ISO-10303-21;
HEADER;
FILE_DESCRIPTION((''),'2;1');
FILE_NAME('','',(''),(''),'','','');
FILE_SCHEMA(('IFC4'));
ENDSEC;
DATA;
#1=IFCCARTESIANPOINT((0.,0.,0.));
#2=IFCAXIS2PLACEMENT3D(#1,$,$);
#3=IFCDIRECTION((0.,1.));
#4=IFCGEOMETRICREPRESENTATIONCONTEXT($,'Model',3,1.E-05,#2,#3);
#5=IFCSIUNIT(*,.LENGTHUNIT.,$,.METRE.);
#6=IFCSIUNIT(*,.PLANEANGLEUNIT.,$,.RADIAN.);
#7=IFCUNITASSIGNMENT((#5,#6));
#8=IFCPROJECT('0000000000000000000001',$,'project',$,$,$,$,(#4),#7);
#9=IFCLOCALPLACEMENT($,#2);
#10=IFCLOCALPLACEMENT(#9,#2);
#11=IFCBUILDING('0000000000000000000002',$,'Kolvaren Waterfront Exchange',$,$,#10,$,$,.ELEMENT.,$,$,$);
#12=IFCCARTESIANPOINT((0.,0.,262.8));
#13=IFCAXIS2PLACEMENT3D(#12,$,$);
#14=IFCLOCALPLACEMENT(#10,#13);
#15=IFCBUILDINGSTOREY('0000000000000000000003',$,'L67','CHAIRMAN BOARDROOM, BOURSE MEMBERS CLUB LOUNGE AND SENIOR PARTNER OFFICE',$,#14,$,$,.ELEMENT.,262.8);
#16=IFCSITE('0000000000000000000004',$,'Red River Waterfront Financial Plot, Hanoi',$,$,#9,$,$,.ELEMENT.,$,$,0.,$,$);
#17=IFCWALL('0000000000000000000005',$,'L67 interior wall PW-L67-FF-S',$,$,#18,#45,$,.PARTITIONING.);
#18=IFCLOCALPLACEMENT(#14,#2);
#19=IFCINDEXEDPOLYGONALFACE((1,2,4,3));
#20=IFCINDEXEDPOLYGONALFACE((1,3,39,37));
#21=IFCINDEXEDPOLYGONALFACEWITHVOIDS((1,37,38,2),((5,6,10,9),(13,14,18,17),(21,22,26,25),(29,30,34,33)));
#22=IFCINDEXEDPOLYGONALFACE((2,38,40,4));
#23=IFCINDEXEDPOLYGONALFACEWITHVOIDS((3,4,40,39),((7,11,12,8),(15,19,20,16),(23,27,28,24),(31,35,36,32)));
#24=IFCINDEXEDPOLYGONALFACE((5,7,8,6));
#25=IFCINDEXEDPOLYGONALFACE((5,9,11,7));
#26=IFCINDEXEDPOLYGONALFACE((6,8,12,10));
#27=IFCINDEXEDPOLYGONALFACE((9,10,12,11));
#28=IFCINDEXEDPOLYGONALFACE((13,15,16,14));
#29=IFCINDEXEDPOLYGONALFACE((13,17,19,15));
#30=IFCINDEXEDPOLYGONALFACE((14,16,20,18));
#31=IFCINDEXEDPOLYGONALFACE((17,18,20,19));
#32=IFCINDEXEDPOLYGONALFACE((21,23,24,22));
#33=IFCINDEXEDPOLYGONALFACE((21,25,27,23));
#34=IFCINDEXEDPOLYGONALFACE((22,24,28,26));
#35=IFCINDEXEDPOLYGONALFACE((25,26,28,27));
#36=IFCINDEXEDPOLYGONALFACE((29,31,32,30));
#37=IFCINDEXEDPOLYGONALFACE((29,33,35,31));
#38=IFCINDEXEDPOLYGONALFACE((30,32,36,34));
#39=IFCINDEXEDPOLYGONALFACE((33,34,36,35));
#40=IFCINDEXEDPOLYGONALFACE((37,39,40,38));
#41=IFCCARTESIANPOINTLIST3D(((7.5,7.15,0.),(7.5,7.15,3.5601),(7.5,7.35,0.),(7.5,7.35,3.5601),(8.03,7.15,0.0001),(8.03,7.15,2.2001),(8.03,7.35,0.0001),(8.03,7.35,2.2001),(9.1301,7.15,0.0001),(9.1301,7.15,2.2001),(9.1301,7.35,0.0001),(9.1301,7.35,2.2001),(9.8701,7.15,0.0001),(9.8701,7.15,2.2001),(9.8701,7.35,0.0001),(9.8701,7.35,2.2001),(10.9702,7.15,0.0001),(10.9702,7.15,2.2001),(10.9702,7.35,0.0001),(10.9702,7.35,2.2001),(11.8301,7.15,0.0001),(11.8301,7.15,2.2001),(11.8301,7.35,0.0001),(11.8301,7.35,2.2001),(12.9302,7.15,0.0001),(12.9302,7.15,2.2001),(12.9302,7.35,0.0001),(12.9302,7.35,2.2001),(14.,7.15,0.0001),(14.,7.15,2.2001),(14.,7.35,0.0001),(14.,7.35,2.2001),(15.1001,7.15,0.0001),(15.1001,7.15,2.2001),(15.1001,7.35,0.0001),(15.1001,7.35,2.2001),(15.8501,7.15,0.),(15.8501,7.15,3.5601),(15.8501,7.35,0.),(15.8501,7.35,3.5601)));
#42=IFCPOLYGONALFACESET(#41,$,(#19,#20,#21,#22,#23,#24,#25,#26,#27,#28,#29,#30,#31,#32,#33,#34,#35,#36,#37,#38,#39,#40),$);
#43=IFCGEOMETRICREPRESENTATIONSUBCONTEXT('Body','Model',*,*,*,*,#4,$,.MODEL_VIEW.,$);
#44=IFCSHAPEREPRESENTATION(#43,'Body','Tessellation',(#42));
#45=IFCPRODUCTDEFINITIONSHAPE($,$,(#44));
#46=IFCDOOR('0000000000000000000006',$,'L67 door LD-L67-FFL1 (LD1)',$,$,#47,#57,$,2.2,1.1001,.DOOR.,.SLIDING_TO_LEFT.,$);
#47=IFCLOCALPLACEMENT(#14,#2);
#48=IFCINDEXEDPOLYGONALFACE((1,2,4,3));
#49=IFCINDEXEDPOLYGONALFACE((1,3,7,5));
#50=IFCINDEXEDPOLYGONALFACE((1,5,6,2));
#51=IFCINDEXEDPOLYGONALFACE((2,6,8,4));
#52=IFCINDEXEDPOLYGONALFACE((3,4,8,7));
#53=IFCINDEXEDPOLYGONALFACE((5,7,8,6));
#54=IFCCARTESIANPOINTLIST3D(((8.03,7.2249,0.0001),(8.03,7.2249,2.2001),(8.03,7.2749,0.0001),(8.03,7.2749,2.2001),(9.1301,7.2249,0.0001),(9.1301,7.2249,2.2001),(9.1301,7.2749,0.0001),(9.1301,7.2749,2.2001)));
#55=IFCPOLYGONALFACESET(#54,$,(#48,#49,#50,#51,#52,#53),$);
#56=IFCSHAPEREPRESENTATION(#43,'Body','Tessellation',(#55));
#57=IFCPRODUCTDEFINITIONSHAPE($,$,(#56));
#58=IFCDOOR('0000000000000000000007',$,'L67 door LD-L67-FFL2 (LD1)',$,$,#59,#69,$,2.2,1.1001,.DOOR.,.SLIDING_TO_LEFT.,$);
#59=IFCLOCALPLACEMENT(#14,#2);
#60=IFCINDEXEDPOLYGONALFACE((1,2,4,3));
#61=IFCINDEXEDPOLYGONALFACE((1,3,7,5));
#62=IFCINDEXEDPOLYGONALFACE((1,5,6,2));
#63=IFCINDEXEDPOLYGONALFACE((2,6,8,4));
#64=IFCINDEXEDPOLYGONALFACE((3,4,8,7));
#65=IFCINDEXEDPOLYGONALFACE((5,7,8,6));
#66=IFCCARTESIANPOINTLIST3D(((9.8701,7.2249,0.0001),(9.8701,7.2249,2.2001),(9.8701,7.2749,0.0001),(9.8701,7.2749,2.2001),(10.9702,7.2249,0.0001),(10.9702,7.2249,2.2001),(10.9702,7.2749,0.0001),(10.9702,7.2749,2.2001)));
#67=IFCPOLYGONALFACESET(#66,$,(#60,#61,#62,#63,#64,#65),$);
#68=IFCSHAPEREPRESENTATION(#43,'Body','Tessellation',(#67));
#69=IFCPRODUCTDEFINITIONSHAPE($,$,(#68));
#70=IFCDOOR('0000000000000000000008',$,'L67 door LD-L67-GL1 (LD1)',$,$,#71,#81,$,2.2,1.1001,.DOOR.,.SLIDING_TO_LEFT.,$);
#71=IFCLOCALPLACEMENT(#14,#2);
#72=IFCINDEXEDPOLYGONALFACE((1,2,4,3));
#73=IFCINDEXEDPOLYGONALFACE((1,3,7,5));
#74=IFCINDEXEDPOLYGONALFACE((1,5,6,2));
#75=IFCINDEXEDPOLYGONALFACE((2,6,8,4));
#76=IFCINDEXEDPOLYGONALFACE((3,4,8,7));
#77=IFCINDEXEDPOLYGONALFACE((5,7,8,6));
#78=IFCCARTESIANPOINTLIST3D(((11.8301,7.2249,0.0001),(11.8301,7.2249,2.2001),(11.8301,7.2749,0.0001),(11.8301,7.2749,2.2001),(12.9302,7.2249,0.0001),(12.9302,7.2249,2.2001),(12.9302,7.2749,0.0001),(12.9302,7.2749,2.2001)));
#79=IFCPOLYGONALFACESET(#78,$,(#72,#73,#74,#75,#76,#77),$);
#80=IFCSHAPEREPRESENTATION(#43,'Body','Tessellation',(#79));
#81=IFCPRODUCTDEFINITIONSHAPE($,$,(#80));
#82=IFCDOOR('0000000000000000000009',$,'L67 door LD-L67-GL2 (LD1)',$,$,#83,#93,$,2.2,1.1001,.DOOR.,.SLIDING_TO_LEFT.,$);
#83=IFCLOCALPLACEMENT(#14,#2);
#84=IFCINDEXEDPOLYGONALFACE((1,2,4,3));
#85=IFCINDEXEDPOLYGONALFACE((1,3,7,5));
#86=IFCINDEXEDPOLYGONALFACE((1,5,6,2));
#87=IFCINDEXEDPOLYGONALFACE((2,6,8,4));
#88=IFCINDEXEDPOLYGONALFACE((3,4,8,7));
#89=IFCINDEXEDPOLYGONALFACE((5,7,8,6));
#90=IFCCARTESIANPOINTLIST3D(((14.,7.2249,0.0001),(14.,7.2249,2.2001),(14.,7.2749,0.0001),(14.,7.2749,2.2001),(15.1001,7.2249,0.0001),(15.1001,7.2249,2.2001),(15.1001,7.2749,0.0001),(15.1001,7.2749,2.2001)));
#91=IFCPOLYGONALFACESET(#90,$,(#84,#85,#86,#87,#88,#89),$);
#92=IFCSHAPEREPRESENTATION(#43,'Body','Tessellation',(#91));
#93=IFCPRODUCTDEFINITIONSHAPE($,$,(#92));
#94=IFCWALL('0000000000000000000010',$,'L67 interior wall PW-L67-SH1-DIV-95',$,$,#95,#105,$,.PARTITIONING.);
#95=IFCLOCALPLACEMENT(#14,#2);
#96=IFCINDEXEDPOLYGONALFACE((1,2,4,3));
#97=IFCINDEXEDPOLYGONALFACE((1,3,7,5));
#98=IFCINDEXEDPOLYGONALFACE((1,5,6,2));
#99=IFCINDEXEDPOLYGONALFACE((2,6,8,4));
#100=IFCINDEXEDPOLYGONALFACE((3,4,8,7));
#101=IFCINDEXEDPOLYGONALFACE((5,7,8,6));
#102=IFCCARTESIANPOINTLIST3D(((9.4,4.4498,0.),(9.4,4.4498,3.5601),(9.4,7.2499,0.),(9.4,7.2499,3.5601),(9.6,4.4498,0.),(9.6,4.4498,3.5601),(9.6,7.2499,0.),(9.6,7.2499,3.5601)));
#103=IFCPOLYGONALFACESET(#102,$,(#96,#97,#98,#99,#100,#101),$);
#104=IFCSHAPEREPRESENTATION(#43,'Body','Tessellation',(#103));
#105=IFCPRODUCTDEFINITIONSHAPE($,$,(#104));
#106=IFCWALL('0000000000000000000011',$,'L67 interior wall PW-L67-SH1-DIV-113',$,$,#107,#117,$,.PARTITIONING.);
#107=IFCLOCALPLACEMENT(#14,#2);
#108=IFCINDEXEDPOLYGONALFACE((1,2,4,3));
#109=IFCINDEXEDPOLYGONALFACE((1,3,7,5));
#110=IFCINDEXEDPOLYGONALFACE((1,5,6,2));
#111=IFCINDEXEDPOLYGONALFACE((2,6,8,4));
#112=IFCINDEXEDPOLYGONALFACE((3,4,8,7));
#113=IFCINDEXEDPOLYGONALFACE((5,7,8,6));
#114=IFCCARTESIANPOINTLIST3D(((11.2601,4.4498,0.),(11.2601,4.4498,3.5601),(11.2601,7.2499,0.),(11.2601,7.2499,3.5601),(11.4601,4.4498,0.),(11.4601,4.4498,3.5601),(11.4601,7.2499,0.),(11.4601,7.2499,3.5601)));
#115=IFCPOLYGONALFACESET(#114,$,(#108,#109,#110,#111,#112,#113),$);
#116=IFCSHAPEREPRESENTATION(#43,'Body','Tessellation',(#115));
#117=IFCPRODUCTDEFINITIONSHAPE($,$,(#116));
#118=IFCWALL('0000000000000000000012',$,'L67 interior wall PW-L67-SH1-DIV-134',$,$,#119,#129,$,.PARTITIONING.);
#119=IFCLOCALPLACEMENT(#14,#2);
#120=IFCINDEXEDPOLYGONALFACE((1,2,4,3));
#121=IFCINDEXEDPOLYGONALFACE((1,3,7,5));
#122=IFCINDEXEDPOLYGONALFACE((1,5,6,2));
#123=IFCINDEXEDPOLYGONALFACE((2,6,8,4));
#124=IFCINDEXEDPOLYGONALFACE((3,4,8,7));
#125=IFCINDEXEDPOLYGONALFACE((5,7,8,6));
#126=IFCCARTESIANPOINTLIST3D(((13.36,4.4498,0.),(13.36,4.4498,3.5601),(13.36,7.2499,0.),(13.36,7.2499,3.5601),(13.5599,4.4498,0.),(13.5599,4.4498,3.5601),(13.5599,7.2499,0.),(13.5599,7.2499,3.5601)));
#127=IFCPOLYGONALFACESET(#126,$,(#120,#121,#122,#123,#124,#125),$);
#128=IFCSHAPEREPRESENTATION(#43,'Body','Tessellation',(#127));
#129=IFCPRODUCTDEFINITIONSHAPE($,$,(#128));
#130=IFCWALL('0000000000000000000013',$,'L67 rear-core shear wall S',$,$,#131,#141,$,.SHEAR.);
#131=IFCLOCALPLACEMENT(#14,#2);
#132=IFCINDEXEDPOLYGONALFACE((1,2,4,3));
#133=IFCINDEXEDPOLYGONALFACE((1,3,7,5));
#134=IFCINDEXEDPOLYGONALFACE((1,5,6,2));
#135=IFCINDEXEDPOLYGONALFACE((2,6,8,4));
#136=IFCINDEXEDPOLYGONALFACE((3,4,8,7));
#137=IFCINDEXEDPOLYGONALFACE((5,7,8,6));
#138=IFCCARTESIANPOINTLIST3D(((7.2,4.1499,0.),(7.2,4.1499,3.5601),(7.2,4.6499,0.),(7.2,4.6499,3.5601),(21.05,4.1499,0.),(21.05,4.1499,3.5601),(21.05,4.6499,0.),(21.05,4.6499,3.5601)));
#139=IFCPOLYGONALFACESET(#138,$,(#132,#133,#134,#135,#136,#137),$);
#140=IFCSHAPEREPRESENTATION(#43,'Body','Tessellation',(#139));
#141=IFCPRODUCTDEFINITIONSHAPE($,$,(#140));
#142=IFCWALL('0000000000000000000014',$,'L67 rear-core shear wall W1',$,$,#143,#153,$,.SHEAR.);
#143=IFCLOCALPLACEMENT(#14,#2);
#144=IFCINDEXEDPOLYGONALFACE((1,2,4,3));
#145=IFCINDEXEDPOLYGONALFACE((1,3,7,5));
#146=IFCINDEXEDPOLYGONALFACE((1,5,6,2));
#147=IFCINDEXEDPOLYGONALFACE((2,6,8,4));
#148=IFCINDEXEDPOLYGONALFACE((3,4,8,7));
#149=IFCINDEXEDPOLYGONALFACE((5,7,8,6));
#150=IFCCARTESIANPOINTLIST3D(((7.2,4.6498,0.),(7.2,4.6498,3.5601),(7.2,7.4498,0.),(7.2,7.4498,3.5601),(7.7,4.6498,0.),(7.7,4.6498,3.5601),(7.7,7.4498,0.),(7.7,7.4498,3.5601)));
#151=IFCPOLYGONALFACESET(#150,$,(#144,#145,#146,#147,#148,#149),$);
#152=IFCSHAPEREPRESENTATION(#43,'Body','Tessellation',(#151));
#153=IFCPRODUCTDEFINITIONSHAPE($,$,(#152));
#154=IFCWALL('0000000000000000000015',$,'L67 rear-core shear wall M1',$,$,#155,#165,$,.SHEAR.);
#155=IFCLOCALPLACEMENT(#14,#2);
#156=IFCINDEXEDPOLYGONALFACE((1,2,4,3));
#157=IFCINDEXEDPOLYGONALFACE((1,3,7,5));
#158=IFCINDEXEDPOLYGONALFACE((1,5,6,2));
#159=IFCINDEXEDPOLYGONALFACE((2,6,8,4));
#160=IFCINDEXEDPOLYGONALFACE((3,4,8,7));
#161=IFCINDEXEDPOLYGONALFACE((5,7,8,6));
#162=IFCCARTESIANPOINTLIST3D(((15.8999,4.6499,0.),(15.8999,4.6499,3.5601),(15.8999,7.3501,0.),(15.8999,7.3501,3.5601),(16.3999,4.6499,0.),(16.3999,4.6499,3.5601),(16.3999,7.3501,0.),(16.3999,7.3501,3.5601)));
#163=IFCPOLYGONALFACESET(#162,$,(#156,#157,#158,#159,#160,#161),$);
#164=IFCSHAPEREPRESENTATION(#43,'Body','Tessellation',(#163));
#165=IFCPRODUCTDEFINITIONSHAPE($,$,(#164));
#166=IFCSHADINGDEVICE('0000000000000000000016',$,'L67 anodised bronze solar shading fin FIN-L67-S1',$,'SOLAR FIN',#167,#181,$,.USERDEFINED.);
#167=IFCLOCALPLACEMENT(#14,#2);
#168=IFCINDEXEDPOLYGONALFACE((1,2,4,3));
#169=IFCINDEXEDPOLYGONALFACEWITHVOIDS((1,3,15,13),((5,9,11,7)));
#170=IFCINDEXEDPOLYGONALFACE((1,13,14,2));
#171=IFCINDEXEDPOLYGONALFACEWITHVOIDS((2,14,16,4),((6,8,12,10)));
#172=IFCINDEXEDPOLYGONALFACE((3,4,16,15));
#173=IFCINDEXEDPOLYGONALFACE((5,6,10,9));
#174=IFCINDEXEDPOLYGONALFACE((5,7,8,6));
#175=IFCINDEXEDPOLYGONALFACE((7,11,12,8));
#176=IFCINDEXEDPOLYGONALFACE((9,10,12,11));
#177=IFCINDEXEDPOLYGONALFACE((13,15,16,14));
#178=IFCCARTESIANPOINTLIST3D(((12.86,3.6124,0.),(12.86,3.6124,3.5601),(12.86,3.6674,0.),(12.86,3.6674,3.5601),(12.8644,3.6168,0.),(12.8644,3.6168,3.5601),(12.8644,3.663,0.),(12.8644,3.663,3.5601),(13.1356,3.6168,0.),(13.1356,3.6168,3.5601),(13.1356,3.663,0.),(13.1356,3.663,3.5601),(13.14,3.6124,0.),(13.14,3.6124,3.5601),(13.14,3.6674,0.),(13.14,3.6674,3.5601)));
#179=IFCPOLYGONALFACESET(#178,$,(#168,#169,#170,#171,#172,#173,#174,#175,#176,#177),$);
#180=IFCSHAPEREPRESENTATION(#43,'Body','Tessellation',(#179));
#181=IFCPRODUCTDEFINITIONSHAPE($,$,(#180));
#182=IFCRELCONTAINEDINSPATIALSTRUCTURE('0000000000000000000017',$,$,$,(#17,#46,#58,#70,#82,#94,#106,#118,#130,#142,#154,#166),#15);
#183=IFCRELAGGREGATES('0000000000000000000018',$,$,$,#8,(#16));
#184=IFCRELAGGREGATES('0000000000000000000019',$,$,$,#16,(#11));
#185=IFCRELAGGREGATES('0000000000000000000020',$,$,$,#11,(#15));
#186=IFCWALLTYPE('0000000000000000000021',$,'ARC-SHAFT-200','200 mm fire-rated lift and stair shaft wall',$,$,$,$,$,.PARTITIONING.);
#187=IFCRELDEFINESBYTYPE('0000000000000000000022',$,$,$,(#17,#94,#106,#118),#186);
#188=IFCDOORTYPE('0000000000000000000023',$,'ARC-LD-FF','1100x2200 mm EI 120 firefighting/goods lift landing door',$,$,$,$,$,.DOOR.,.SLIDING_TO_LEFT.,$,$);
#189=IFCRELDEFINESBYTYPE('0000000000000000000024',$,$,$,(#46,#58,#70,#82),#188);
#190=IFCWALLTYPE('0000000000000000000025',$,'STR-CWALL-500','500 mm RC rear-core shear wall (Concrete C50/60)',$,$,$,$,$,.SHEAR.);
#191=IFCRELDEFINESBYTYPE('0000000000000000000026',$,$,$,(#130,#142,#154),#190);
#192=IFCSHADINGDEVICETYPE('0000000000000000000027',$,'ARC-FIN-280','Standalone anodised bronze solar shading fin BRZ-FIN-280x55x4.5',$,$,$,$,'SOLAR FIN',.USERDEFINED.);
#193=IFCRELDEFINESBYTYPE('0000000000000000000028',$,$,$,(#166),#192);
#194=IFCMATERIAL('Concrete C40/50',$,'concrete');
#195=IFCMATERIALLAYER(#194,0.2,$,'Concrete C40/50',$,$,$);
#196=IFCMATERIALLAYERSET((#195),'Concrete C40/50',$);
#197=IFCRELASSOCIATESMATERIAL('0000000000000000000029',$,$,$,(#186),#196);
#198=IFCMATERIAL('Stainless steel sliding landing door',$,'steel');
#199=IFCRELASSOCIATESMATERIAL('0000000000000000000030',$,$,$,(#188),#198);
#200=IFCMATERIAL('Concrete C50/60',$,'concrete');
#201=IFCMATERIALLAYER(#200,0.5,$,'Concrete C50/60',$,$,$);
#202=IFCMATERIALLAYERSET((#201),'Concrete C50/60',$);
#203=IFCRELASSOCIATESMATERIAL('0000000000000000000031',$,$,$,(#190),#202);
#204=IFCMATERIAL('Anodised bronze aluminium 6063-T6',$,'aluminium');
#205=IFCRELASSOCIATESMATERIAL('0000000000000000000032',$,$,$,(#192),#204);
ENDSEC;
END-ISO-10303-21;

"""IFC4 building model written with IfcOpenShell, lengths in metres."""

from ifc_helpers import new_model, si_unit, direction, frame, frame_2d, origin, origin_2d, place, context, subcontext, project, spatial, rectangle, hollow_rectangle, extrude, material, layer, layer_set, material_profile, profile_set, type_object, element, fill, save


model = new_model("IFC4")

# Units and contexts
model_context = context("Model", 3, precision=1e-05, world=origin(), true_north=direction((0.0, 1.0)))
body_context = subcontext(model_context, "Body", "Model", "MODEL_VIEW")
ifc_project = project(units=[si_unit("LENGTHUNIT", "METRE"), si_unit("PLANEANGLEUNIT", "RADIAN")], contexts=[model_context])

# Site, building, storey
site_placement = place(None, origin())
site = spatial("IfcSite", under=ifc_project, at=site_placement, Name="Red River Waterfront Financial Plot, Hanoi", CompositionType="ELEMENT", RefElevation=0.0)
building_placement = place(site_placement, origin())
building = spatial("IfcBuilding", under=site, at=building_placement, Name="Kolvaren Waterfront Exchange", CompositionType="ELEMENT")
storey_placement = place(building_placement, frame((0.0, 0.0, 262.8)))
storey = spatial("IfcBuildingStorey", under=building, at=storey_placement, Name="L67", Description="CHAIRMAN BOARDROOM, BOURSE MEMBERS CLUB LOUNGE AND SENIOR PARTNER OFFICE", CompositionType="ELEMENT", Elevation=262.8)

# Shared definitions
ifc_material_1 = material(Name="Concrete C50/60", Category="concrete")

# Shared definitions
ifc_material_2 = material(Name="Anodised bronze aluminium 6063-T6", Category="aluminium")

# Wall, openings, doors
ifc_material_3 = material(Name="Concrete C40/50", Category="concrete")
ifc_layer_1 = layer(ifc_material_3, 0.2, Name="Concrete C40/50")
ifc_layer_set_1 = layer_set([ifc_layer_1], Name="Concrete C40/50")
wall_type_1 = type_object("IfcWallType", Name="ARC-SHAFT-200", Description="200 mm fire-rated lift and stair shaft wall", PredefinedType="PARTITIONING", material=ifc_layer_set_1)
wall_1_placement = place(storey_placement, frame((7.5, 7.25, 0.0), z_axis=(0.0, 0.0, 1.0), x_axis=(1.0, 0.0, 0.0)))
wall_1 = element("IfcWall", 1, at=wall_1_placement, inside=storey, type_object=wall_type_1, Name="L67 interior wall PW-L67-FF-S", PredefinedType="PARTITIONING", context=body_context, shape_type="SweptSolid", body=[
    extrude(rectangle(XDim=8.3501, YDim=0.2, at=frame_2d((4.175, 0.0))), origin(), (0.0, 0.0, 1.0), 3.5601),
])
opening_1_placement = place(wall_1_placement, frame((0.53, 0.0, 0.0)))
opening_1 = element("IfcOpeningElement", 2, at=opening_1_placement, cuts=wall_1, PredefinedType="OPENING", context=body_context, shape_type="SweptSolid", body=[
    extrude(rectangle(XDim=1.1001, YDim=2.2, at=frame_2d((0.55, 1.1001))), frame((0.0, 0.1099, 0.0), z_axis=(0.0, -1.0, 0.0), x_axis=(1.0, 0.0, 0.0)), (0.0, 0.0, 1.0), 0.22),
])
opening_2_placement = place(wall_1_placement, frame((2.3701, 0.0, 0.0)))
opening_2 = element("IfcOpeningElement", 3, at=opening_2_placement, cuts=wall_1, PredefinedType="OPENING", context=body_context, shape_type="SweptSolid", body=[
    extrude(rectangle(XDim=1.1001, YDim=2.2, at=frame_2d((0.55, 1.1001))), frame((0.0, 0.1099, 0.0), z_axis=(0.0, -1.0, 0.0), x_axis=(1.0, 0.0, 0.0)), (0.0, 0.0, 1.0), 0.22),
])
opening_3_placement = place(wall_1_placement, frame((4.3301, 0.0, 0.0)))
opening_3 = element("IfcOpeningElement", 4, at=opening_3_placement, cuts=wall_1, PredefinedType="OPENING", context=body_context, shape_type="SweptSolid", body=[
    extrude(rectangle(XDim=1.1001, YDim=2.2, at=frame_2d((0.55, 1.1001))), frame((0.0, 0.1099, 0.0), z_axis=(0.0, -1.0, 0.0), x_axis=(1.0, 0.0, 0.0)), (0.0, 0.0, 1.0), 0.22),
])
opening_4_placement = place(wall_1_placement, frame((6.5, 0.0, 0.0)))
opening_4 = element("IfcOpeningElement", 5, at=opening_4_placement, cuts=wall_1, PredefinedType="OPENING", context=body_context, shape_type="SweptSolid", body=[
    extrude(rectangle(XDim=1.1001, YDim=2.2, at=frame_2d((0.55, 1.1001))), frame((0.0, 0.1099, 0.0), z_axis=(0.0, -1.0, 0.0), x_axis=(1.0, 0.0, 0.0)), (0.0, 0.0, 1.0), 0.22),
])
ifc_material_4 = material(Name="Stainless steel sliding landing door", Category="steel")
door_type = type_object("IfcDoorType", Name="ARC-LD-FF", Description="1100x2200 mm EI 120 firefighting/goods lift landing door", OperationType="SLIDING_TO_LEFT", PredefinedType="DOOR", material=ifc_material_4)
door_1_placement = place(opening_1_placement, origin())
door_1 = element("IfcDoor", 6, at=door_1_placement, inside=storey, type_object=door_type, Name="L67 door LD-L67-FFL1 (LD1)", OperationType="SLIDING_TO_LEFT", OverallHeight=2.2, OverallWidth=1.1001, PredefinedType="DOOR", context=body_context, shape_type="SweptSolid", body=[
    extrude(rectangle(XDim=1.1001, YDim=2.2, at=frame_2d((0.55, 1.1001))), frame((0.0, 0.0249, 0.0), z_axis=(0.0, -1.0, 0.0), x_axis=(1.0, 0.0, 0.0)), (0.0, 0.0, 1.0), 0.05),
])
fill(opening_1, door_1)
door_2_placement = place(opening_2_placement, origin())
door_2 = element("IfcDoor", 7, at=door_2_placement, inside=storey, type_object=door_type, Name="L67 door LD-L67-FFL2 (LD1)", OperationType="SLIDING_TO_LEFT", OverallHeight=2.2, OverallWidth=1.1001, PredefinedType="DOOR", context=body_context, shape_type="SweptSolid", body=[
    extrude(rectangle(XDim=1.1001, YDim=2.2, at=frame_2d((0.55, 1.1001))), frame((0.0, 0.0249, 0.0), z_axis=(0.0, -1.0, 0.0), x_axis=(1.0, 0.0, 0.0)), (0.0, 0.0, 1.0), 0.05),
])
fill(opening_2, door_2)
door_3_placement = place(opening_3_placement, origin())
door_3 = element("IfcDoor", 8, at=door_3_placement, inside=storey, type_object=door_type, Name="L67 door LD-L67-GL1 (LD1)", OperationType="SLIDING_TO_LEFT", OverallHeight=2.2, OverallWidth=1.1001, PredefinedType="DOOR", context=body_context, shape_type="SweptSolid", body=[
    extrude(rectangle(XDim=1.1001, YDim=2.2, at=frame_2d((0.55, 1.1001))), frame((0.0, 0.0249, 0.0), z_axis=(0.0, -1.0, 0.0), x_axis=(1.0, 0.0, 0.0)), (0.0, 0.0, 1.0), 0.05),
])
fill(opening_3, door_3)
door_4_placement = place(opening_4_placement, origin())
door_4 = element("IfcDoor", 9, at=door_4_placement, inside=storey, type_object=door_type, Name="L67 door LD-L67-GL2 (LD1)", OperationType="SLIDING_TO_LEFT", OverallHeight=2.2, OverallWidth=1.1001, PredefinedType="DOOR", context=body_context, shape_type="SweptSolid", body=[
    extrude(rectangle(XDim=1.1001, YDim=2.2, at=frame_2d((0.55, 1.1001))), frame((0.0, 0.0249, 0.0), z_axis=(0.0, -1.0, 0.0), x_axis=(1.0, 0.0, 0.0)), (0.0, 0.0, 1.0), 0.05),
])
fill(opening_4, door_4)

# Walls
for number, where, z_axis, x_axis, name in (
    (10, (9.5, 4.45, 0.0), (0.0, 0.0, 1.0), (0.0, 1.0, 0.0), "L67 interior wall PW-L67-SH1-DIV-95"),
    (11, (11.3601, 4.45, 0.0), (0.0, 0.0, 1.0), (0.0, 1.0, 0.0), "L67 interior wall PW-L67-SH1-DIV-113"),
    (12, (13.46, 4.45, 0.0), (0.0, 0.0, 1.0), (0.0, 1.0, 0.0), "L67 interior wall PW-L67-SH1-DIV-134"),
):
    element("IfcWall", number, at=place(storey_placement, frame(where, z_axis=z_axis, x_axis=x_axis)), inside=storey, type_object=wall_type_1, Name=name, PredefinedType="PARTITIONING", context=body_context, shape_type="SweptSolid", body=[
        extrude(rectangle(XDim=2.8, YDim=0.2, at=frame_2d((1.3999, 0.0))), origin(), (0.0, 0.0, 1.0), 3.5601),
    ])
ifc_layer_2 = layer(ifc_material_1, 0.5, Name="Concrete C50/60")
ifc_layer_set_2 = layer_set([ifc_layer_2], Name="Concrete C50/60")
wall_type_2 = type_object("IfcWallType", Name="STR-CWALL-500", Description="500 mm RC rear-core shear wall (Concrete C50/60)", PredefinedType="SHEAR", material=ifc_layer_set_2)
wall_2_placement = place(storey_placement, frame((7.2, 4.3999, 0.0), z_axis=(0.0, 0.0, 1.0), x_axis=(1.0, 0.0, 0.0)))
element("IfcWall", 13, at=wall_2_placement, inside=storey, type_object=wall_type_2, Name="L67 rear-core shear wall S", PredefinedType="SHEAR", context=body_context, shape_type="SweptSolid", body=[
    extrude(rectangle(XDim=13.8501, YDim=0.5, at=frame_2d((6.925, 0.0))), origin(), (0.0, 0.0, 1.0), 3.5601),
])
wall_3_placement = place(storey_placement, frame((7.45, 4.6499, 0.0), z_axis=(0.0, 0.0, 1.0), x_axis=(0.0, 1.0, 0.0)))
element("IfcWall", 14, at=wall_3_placement, inside=storey, type_object=wall_type_2, Name="L67 rear-core shear wall W1", PredefinedType="SHEAR", context=body_context, shape_type="SweptSolid", body=[
    extrude(rectangle(XDim=2.8, YDim=0.5, at=frame_2d((1.3999, 0.0))), origin(), (0.0, 0.0, 1.0), 3.5601),
])
wall_4_placement = place(storey_placement, frame((16.1499, 4.6499, 0.0), z_axis=(0.0, 0.0, 1.0), x_axis=(0.0, 1.0, 0.0)))
element("IfcWall", 15, at=wall_4_placement, inside=storey, type_object=wall_type_2, Name="L67 rear-core shear wall M1", PredefinedType="SHEAR", context=body_context, shape_type="SweptSolid", body=[
    extrude(rectangle(XDim=2.7002, YDim=0.5, at=frame_2d((1.3501, 0.0))), origin(), (0.0, 0.0, 1.0), 3.5601),
])

# Shading device
ifc_material_profile_1 = material_profile(ifc_material_2, hollow_rectangle(XDim=0.0549, YDim=0.28, WallThickness=0.0044, at=origin_2d()), Name="BRZ-FIN-280x55x4.5")
ifc_profile_set_1 = profile_set([ifc_material_profile_1], Name="Anodised bronze aluminium 6063-T6")
shading_device_type = type_object("IfcShadingDeviceType", Name="ARC-FIN-280", Description="Standalone anodised bronze solar shading fin BRZ-FIN-280x55x4.5", ElementType="SOLAR FIN", PredefinedType="USERDEFINED", material=ifc_profile_set_1)
shading_device_placement = place(storey_placement, frame((13.0, 3.6399, 0.0), z_axis=(0.0, 0.0, 1.0), x_axis=(0.0, -1.0, 0.0)))
element("IfcShadingDevice", 16, at=shading_device_placement, inside=storey, type_object=shading_device_type, Name="L67 anodised bronze solar shading fin FIN-L67-S1", ObjectType="SOLAR FIN", PredefinedType="USERDEFINED", context=body_context, shape_type="SweptSolid", body=[
    extrude(hollow_rectangle(XDim=0.0549, YDim=0.28, WallThickness=0.0044, at=origin_2d()), origin(), (0.0, 0.0, 1.0), 3.5601),
])

save(model, "model.ifc")
